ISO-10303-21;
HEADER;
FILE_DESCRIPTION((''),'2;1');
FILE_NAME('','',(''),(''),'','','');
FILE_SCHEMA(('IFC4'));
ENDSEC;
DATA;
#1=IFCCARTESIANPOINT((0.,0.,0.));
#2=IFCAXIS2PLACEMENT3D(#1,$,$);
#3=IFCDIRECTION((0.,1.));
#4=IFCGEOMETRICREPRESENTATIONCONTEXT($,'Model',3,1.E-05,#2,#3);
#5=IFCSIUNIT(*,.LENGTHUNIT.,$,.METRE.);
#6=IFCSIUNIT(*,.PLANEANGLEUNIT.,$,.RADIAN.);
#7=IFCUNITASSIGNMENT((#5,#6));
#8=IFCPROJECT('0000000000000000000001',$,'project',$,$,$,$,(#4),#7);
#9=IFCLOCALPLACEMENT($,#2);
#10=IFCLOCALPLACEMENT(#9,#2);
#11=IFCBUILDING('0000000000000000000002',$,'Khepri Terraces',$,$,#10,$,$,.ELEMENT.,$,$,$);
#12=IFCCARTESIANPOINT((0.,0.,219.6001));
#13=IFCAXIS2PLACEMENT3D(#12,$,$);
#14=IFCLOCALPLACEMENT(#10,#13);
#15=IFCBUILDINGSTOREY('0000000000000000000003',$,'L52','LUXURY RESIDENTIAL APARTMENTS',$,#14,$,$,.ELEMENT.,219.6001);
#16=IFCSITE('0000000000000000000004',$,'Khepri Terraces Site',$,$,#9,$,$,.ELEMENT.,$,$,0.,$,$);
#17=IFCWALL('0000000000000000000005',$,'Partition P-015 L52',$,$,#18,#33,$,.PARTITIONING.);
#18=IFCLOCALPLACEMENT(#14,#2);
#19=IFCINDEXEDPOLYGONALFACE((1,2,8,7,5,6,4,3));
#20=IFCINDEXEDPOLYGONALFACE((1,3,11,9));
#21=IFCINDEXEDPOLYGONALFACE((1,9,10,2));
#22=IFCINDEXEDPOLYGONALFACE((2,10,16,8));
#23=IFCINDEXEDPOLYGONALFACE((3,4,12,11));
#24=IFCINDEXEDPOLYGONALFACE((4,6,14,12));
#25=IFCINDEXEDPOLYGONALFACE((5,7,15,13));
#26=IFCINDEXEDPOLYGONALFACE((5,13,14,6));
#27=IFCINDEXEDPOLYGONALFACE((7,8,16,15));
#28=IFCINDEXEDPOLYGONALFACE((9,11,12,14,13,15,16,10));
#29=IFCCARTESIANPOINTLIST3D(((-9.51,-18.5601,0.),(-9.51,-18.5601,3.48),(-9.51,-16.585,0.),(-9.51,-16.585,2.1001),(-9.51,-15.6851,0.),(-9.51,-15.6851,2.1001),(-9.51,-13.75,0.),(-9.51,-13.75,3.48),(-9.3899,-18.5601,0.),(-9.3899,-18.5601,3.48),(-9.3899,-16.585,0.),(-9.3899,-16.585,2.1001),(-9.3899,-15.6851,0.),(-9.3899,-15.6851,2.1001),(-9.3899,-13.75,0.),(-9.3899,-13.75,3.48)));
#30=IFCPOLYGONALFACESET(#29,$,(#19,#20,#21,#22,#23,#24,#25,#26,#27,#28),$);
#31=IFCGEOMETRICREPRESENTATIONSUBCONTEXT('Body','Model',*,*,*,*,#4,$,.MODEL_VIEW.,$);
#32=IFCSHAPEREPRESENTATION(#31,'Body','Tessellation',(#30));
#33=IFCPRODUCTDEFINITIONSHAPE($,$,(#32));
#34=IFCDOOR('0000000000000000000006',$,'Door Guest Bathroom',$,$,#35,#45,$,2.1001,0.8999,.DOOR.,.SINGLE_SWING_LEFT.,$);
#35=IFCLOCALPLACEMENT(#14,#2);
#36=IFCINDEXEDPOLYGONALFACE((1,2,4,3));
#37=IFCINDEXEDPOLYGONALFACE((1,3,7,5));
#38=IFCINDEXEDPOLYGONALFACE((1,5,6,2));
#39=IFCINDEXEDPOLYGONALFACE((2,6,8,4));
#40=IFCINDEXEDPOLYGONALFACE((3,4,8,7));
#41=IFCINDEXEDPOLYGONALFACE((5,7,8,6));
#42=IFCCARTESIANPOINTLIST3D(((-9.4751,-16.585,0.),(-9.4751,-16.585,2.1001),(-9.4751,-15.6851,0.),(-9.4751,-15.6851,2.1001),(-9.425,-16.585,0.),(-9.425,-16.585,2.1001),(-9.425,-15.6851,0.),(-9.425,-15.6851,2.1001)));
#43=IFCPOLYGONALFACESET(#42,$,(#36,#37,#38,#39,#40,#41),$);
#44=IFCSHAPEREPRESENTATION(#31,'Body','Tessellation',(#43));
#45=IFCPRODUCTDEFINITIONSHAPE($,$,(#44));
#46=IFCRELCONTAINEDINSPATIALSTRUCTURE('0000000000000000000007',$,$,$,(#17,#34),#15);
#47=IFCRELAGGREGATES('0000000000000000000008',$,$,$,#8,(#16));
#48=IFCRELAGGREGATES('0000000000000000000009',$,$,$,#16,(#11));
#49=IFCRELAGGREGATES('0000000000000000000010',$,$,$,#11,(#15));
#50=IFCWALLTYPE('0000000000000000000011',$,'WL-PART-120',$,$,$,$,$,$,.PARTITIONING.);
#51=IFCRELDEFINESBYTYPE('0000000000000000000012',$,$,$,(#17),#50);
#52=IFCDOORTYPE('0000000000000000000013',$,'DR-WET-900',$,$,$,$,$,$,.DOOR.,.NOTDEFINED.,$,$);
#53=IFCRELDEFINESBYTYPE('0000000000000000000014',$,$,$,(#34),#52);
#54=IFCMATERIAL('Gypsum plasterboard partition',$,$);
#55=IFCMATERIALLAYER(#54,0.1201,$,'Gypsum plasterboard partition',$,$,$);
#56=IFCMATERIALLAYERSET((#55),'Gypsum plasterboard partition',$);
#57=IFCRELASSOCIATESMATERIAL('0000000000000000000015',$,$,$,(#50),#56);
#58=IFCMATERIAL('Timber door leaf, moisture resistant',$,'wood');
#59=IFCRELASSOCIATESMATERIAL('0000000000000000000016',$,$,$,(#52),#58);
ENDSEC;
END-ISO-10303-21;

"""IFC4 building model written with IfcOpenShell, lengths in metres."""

from ifc_helpers import new_model, si_unit, direction, frame, frame_2d, origin, place, context, subcontext, project, spatial, rectangle, extrude, material, layer, layer_set, type_object, element, fill, save


model = new_model("IFC4")

# Units and contexts
model_context = context("Model", 3, precision=1e-05, world=origin(), true_north=direction((0.0, 1.0)))
body_context = subcontext(model_context, "Body", "Model", "MODEL_VIEW")
ifc_project = project(units=[si_unit("LENGTHUNIT", "METRE"), si_unit("PLANEANGLEUNIT", "RADIAN")], contexts=[model_context])

# Site, building, storey
site_placement = place(None, origin())
site = spatial("IfcSite", under=ifc_project, at=site_placement, Name="Khepri Terraces Site", CompositionType="ELEMENT", RefElevation=0.0)
building_placement = place(site_placement, origin())
building = spatial("IfcBuilding", under=site, at=building_placement, Name="Khepri Terraces", CompositionType="ELEMENT")
storey_placement = place(building_placement, frame((0.0, 0.0, 219.6001)))
storey = spatial("IfcBuildingStorey", under=building, at=storey_placement, Name="L52", Description="LUXURY RESIDENTIAL APARTMENTS", CompositionType="ELEMENT", Elevation=219.6001)

# Shared definitions
ifc_material_1 = material(Name="Gypsum plasterboard partition")
ifc_layer_1 = layer(ifc_material_1, 0.1201, Name="Gypsum plasterboard partition")
ifc_layer_set_1 = layer_set([ifc_layer_1], Name="Gypsum plasterboard partition")
wall_type_1 = type_object("IfcWallType", Name="WL-PART-120", PredefinedType="PARTITIONING", material=ifc_layer_set_1)

# Wall, opening, door
wall_1_placement = place(storey_placement, frame((-9.45, -18.5601, 0.0), z_axis=(0.0, 0.0, 1.0), x_axis=(0.0, 1.0, 0.0)))
wall_1 = element("IfcWall", 1, at=wall_1_placement, inside=storey, type_object=wall_type_1, Name="Partition P-015 L52", PredefinedType="PARTITIONING", context=body_context, shape_type="SweptSolid", body=[
    extrude(rectangle(XDim=4.8101, YDim=0.1201, at=frame_2d((2.405, 0.0))), origin(), (0.0, 0.0, 1.0), 3.48),
])
opening_1_placement = place(wall_1_placement, frame((1.9751, 0.0, 0.0)))
opening_1 = element("IfcOpeningElement", 2, at=opening_1_placement, cuts=wall_1, PredefinedType="OPENING", context=body_context, shape_type="SweptSolid", body=[
    extrude(rectangle(XDim=0.8999, YDim=2.1001, at=frame_2d((0.45, 1.05))), frame((0.0, 0.0701, 0.0), z_axis=(0.0, -1.0, 0.0), x_axis=(1.0, 0.0, 0.0)), (0.0, 0.0, 1.0), 0.1401),
])
ifc_material_2 = material(Name="Timber door leaf, moisture resistant", Category="wood")
door_type_1 = type_object("IfcDoorType", Name="DR-WET-900", OperationType="NOTDEFINED", PredefinedType="DOOR", material=ifc_material_2)
door_1_placement = place(opening_1_placement, frame((0.8999, 0.0, 0.0), z_axis=(0.0, 0.0, 1.0), x_axis=(-1.0, 0.0, 0.0)))
door_1 = element("IfcDoor", 3, at=door_1_placement, inside=storey, type_object=door_type_1, Name="Door Guest Bathroom", OperationType="SINGLE_SWING_LEFT", OverallHeight=2.1001, OverallWidth=0.8999, PredefinedType="DOOR", context=body_context, shape_type="SweptSolid", body=[
    extrude(rectangle(XDim=0.8999, YDim=2.1001, at=frame_2d((0.45, 1.05))), frame((0.0, 0.0249, 0.0), z_axis=(0.0, -1.0, 0.0), x_axis=(1.0, 0.0, 0.0)), (0.0, 0.0, 1.0), 0.05),
])
fill(opening_1, door_1)

save(model, "model.ifc")
